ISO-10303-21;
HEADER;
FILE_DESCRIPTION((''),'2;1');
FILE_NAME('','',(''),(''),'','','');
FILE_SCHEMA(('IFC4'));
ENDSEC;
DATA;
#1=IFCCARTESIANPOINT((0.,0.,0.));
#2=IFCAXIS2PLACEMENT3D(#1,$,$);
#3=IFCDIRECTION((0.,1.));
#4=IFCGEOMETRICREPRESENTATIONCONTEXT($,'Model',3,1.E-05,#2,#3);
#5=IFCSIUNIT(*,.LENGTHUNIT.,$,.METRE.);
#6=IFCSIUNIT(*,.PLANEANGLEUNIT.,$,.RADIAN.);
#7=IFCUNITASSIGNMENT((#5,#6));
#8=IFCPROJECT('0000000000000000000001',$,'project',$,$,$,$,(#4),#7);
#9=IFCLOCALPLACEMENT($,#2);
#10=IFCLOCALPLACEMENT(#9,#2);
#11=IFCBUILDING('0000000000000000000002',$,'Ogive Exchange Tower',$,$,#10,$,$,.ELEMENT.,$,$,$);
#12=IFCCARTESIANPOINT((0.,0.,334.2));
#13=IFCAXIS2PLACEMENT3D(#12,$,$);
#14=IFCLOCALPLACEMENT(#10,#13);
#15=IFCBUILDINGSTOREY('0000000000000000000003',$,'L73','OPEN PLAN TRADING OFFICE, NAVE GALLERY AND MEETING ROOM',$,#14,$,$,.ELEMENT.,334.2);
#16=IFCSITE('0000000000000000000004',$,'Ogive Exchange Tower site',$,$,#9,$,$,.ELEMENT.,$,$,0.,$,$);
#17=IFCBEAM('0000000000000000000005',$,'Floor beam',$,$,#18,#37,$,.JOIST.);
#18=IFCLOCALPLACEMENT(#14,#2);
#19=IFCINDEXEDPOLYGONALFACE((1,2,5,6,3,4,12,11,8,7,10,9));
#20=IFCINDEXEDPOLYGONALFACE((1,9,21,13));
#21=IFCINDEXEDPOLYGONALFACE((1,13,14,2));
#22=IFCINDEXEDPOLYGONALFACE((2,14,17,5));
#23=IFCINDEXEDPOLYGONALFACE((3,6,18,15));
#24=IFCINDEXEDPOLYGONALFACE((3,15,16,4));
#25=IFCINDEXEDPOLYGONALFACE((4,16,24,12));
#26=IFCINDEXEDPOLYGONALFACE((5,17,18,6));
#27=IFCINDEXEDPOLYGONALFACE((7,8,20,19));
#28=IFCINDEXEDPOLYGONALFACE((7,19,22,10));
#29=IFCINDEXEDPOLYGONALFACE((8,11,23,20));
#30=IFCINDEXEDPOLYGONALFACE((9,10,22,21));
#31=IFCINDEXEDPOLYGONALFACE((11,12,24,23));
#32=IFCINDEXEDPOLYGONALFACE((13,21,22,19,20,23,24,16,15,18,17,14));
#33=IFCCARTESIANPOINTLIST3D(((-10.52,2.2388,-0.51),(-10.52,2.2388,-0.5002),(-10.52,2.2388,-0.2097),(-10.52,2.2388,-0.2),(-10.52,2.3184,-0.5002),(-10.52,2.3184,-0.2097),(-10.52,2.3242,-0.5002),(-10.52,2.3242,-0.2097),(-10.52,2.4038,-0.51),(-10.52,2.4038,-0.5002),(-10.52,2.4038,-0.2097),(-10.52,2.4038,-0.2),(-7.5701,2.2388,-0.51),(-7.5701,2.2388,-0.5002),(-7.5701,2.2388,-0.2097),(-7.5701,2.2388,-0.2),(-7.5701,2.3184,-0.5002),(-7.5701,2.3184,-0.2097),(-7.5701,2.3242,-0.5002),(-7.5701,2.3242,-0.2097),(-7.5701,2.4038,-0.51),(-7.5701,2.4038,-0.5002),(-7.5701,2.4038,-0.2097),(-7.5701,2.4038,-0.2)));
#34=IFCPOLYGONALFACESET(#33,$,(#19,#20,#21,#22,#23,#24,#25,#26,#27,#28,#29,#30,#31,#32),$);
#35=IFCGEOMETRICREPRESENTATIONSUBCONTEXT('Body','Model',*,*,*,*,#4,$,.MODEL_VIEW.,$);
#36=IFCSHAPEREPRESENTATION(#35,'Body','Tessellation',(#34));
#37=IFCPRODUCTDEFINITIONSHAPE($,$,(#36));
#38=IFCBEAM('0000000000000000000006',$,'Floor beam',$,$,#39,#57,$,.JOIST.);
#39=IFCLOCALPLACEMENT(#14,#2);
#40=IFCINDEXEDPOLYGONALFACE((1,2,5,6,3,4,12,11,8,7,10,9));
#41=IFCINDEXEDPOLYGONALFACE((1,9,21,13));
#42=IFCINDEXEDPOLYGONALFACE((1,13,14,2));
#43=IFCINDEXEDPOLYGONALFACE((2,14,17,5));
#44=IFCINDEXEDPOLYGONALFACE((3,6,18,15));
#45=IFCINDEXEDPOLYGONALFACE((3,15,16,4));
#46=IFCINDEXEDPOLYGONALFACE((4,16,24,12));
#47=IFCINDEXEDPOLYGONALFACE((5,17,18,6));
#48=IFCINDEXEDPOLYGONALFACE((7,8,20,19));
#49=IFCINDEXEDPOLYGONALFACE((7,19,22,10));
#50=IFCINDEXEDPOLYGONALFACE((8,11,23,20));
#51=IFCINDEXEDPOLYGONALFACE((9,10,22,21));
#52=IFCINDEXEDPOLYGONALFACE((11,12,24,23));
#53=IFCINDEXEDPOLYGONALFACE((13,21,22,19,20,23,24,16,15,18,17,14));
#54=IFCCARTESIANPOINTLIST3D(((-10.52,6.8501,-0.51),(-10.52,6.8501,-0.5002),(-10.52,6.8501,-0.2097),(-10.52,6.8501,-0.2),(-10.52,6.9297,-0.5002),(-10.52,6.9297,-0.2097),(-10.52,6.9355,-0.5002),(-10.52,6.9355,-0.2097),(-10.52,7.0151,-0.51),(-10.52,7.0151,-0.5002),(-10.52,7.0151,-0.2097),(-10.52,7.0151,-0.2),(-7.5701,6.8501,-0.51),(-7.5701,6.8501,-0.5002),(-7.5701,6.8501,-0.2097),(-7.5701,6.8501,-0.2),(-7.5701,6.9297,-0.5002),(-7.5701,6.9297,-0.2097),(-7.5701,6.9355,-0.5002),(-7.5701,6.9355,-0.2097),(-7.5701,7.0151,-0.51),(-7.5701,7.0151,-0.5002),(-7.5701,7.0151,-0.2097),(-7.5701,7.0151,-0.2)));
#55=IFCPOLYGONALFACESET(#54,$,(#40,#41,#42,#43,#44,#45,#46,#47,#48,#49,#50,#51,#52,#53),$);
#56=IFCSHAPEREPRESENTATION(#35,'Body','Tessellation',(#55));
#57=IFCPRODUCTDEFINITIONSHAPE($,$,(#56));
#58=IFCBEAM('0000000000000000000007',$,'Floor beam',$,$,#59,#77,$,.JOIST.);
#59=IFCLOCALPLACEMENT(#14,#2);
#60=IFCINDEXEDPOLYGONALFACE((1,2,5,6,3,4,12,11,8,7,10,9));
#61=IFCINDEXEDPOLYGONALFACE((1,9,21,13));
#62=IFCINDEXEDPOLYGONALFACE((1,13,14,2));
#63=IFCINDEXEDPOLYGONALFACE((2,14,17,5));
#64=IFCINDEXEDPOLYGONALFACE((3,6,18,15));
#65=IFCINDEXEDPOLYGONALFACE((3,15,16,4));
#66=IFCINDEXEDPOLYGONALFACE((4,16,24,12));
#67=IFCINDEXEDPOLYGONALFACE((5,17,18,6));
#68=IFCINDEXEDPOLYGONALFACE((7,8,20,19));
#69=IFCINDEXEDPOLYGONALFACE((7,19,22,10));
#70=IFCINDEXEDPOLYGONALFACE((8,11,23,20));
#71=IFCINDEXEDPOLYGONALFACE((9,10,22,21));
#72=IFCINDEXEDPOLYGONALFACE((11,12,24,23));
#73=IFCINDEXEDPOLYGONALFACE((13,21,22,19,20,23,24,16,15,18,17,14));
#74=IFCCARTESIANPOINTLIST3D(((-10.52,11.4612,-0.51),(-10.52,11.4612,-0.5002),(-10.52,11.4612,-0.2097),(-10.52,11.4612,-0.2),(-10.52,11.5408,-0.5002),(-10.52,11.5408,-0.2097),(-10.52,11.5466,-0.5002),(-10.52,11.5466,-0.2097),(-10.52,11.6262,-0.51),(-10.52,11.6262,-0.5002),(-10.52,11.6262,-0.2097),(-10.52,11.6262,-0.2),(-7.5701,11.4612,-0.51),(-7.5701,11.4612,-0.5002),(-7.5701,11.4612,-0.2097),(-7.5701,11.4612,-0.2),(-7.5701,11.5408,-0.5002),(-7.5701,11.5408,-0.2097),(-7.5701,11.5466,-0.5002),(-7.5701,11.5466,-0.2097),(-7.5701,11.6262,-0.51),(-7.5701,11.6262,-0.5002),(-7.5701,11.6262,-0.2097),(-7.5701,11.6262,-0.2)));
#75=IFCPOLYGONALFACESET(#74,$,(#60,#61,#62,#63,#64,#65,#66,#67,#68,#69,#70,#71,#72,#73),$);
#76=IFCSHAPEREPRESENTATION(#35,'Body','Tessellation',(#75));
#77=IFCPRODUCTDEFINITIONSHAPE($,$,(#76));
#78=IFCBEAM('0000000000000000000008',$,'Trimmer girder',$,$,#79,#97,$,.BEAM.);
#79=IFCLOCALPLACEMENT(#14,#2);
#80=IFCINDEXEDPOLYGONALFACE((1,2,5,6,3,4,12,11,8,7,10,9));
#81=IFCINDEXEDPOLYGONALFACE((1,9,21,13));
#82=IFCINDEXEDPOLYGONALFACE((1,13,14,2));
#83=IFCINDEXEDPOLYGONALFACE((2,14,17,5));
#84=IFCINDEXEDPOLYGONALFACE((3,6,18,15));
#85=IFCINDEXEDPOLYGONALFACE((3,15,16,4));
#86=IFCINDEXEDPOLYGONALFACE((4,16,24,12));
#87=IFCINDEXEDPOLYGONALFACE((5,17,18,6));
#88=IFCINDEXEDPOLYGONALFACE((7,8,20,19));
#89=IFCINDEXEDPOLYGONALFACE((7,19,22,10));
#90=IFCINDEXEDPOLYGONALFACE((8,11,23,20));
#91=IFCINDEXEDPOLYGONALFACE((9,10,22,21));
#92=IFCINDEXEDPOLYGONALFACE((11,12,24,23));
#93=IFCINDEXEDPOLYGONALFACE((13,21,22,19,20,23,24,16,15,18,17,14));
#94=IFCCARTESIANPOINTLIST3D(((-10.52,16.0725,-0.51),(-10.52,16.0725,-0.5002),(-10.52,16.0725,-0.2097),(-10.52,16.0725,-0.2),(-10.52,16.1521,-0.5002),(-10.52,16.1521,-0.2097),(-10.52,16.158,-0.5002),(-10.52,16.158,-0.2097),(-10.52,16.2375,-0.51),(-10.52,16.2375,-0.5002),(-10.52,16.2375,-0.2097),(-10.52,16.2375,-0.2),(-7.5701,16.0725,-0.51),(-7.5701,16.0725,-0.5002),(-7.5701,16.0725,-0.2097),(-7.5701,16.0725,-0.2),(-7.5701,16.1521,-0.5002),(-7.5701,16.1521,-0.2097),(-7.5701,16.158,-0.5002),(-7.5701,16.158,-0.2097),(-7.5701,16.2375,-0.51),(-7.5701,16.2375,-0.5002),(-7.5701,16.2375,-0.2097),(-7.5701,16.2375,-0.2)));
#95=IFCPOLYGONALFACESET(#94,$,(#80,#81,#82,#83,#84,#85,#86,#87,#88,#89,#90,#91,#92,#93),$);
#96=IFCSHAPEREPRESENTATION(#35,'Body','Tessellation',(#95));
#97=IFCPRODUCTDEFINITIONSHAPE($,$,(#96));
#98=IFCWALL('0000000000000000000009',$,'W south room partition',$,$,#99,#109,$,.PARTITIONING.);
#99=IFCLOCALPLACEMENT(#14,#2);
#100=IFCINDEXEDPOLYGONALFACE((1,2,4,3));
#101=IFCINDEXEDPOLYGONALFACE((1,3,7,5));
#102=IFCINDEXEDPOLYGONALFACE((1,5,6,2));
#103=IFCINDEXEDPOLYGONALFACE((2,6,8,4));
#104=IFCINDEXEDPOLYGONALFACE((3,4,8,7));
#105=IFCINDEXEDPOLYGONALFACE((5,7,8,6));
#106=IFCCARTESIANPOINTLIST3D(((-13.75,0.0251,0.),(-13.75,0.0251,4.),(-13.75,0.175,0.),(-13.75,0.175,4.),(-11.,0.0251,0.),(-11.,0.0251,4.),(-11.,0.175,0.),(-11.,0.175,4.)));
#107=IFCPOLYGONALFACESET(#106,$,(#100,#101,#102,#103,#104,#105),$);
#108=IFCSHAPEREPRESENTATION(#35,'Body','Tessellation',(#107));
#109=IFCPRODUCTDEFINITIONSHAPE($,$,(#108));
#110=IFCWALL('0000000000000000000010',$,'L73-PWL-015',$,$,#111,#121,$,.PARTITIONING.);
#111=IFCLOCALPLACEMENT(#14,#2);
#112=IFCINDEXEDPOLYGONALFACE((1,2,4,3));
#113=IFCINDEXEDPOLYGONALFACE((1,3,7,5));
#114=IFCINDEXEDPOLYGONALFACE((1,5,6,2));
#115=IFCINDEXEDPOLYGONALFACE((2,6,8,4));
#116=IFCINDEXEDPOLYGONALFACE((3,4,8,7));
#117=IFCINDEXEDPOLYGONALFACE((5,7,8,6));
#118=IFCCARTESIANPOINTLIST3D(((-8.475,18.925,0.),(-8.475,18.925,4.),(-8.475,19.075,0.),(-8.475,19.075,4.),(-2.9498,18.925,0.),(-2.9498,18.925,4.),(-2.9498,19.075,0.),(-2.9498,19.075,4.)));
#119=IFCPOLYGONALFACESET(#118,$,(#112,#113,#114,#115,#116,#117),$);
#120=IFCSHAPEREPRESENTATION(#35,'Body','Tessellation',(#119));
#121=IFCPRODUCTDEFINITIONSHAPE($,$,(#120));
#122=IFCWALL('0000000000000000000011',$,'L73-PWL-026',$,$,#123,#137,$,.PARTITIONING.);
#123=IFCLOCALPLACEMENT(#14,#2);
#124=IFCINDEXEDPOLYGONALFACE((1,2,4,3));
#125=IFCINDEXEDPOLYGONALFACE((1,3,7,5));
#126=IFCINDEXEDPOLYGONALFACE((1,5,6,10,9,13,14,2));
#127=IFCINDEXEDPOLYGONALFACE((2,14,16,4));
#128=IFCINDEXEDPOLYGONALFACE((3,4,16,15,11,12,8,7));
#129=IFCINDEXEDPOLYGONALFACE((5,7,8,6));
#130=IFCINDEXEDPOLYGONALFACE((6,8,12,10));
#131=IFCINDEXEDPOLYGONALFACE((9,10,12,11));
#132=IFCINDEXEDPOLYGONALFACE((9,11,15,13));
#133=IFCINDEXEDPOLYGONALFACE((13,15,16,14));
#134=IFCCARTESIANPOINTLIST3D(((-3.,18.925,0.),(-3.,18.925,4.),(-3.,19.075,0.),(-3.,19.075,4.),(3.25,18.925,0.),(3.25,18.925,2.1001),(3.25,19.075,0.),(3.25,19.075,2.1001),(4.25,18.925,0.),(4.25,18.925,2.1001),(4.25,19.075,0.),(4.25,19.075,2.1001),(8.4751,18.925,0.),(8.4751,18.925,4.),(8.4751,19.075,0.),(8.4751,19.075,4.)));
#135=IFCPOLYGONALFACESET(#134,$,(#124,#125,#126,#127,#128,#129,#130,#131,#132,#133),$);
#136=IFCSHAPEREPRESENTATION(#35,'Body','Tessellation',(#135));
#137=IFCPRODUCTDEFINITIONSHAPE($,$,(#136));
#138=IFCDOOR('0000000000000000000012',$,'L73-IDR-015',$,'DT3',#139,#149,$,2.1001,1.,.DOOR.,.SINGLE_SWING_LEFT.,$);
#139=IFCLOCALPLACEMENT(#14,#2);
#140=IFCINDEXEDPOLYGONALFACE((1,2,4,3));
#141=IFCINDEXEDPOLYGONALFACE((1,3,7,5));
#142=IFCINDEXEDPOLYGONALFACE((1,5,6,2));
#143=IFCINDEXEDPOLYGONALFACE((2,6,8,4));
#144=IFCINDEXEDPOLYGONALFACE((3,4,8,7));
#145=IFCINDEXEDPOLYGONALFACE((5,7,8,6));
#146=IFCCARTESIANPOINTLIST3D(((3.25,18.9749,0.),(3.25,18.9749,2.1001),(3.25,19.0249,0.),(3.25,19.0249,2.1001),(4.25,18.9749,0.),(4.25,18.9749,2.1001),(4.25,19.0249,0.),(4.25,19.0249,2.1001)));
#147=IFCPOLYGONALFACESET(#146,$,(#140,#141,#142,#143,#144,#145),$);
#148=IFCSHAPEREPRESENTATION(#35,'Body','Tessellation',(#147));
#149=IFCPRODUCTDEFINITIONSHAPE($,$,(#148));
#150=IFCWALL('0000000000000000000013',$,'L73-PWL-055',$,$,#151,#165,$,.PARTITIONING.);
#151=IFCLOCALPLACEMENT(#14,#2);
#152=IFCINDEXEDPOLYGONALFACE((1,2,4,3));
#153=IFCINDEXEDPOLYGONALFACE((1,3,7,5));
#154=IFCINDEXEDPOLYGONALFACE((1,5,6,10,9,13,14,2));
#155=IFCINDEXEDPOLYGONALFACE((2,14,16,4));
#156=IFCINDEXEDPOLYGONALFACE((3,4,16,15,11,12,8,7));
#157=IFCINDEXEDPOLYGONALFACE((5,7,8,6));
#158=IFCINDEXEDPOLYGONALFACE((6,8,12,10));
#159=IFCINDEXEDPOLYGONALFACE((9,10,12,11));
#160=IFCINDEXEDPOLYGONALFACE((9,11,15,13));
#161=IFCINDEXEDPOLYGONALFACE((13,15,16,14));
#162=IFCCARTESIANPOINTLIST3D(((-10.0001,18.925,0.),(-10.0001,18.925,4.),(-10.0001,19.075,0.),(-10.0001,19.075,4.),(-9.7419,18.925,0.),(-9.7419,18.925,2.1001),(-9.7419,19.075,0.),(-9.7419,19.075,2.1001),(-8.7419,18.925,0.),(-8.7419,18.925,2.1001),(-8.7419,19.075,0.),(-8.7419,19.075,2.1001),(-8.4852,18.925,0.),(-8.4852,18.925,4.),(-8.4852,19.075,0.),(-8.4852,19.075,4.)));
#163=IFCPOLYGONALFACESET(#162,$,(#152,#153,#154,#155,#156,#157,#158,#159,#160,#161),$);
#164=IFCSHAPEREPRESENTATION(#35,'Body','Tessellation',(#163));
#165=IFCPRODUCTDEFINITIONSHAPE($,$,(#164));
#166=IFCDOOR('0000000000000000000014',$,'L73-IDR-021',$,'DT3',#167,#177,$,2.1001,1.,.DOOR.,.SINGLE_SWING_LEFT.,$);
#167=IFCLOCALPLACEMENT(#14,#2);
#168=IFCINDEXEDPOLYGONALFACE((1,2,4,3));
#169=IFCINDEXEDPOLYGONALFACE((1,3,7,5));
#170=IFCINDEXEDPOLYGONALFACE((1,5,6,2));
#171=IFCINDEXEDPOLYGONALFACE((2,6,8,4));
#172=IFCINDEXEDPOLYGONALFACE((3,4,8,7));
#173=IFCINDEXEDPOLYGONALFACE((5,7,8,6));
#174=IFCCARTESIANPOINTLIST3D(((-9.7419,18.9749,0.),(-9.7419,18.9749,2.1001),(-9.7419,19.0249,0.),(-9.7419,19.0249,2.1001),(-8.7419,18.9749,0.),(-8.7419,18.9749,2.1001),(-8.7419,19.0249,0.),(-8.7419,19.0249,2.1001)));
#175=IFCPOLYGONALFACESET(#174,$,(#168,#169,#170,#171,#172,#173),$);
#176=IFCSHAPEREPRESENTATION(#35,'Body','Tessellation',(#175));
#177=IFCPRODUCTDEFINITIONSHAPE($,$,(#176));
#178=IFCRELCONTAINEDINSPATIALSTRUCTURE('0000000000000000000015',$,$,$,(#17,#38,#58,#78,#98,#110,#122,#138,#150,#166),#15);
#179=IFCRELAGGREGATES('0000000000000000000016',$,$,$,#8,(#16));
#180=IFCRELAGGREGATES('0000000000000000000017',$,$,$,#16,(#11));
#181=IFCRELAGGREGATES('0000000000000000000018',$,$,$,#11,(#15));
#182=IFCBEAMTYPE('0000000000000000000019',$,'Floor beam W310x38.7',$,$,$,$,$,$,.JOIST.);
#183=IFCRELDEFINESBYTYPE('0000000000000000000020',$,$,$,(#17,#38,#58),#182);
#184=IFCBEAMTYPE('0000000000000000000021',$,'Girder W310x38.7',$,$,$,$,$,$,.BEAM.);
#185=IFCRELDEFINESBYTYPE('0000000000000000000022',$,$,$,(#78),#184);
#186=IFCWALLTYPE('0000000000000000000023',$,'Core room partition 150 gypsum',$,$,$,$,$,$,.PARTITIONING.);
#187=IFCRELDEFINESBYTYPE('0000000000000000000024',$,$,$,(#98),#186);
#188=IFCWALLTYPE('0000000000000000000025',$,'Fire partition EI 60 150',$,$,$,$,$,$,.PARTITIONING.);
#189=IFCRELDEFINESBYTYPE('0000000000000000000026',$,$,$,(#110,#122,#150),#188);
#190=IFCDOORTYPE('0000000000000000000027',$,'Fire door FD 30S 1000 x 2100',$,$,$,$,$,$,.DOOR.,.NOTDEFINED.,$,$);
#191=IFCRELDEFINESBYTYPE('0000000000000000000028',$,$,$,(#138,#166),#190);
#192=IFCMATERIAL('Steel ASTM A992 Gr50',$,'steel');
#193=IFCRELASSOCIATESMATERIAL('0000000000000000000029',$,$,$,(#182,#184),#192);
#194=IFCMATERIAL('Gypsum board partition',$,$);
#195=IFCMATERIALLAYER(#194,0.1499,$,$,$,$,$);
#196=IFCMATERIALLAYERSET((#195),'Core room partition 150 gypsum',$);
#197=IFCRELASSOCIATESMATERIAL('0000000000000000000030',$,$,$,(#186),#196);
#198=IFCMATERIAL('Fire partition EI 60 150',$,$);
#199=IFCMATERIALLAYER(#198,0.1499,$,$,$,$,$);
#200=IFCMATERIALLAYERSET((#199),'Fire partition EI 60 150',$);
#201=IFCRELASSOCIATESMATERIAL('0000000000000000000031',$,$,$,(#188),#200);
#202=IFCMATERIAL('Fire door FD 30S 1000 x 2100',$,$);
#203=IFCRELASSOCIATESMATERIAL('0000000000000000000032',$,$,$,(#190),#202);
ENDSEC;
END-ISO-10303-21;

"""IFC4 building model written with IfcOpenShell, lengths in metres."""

from ifc_helpers import new_model, si_unit, direction, frame, frame_2d, origin, origin_2d, place, context, subcontext, project, spatial, rectangle, i_section, extrude, material, layer, layer_set, material_profile, profile_set, type_object, element, fill, save


model = new_model("IFC4")

# Units and contexts
model_context = context("Model", 3, precision=1e-05, world=origin(), true_north=direction((0.0, 1.0)))
body_context = subcontext(model_context, "Body", "Model", "MODEL_VIEW")
ifc_project = project(units=[si_unit("LENGTHUNIT", "METRE"), si_unit("PLANEANGLEUNIT", "RADIAN")], contexts=[model_context])

# Site, building, storey
site_placement = place(None, origin())
site = spatial("IfcSite", under=ifc_project, at=site_placement, Name="Ogive Exchange Tower site", CompositionType="ELEMENT", RefElevation=0.0)
building_placement = place(site_placement, origin())
building = spatial("IfcBuilding", under=site, at=building_placement, Name="Ogive Exchange Tower", CompositionType="ELEMENT")
storey_placement = place(building_placement, frame((0.0, 0.0, 334.2)))
storey = spatial("IfcBuildingStorey", under=building, at=storey_placement, Name="L73", Description="OPEN PLAN TRADING OFFICE, NAVE GALLERY AND MEETING ROOM", CompositionType="ELEMENT", Elevation=334.2)

# Beams
ifc_material_1 = material(Name="Steel ASTM A992 Gr50", Category="steel")
ifc_material_profile_1 = material_profile(ifc_material_1, i_section(OverallWidth=0.165, OverallDepth=0.3101, WebThickness=0.0059, FlangeThickness=0.0098, at=origin_2d()), Name="W310x38.7")
ifc_profile_set_1 = profile_set([ifc_material_profile_1], Name="Steel ASTM A992 Gr50")
beam_type_1 = type_object("IfcBeamType", Name="Floor beam W310x38.7", PredefinedType="JOIST", material=ifc_profile_set_1)
for number, where, z_axis, x_axis, name in (
    (1, (-10.52, 2.3213, -0.355), (1.0, 0.0, 0.0), (0.0, 1.0, 0.0), "Floor beam"),
    (2, (-10.52, 6.9326, -0.355), (1.0, 0.0, 0.0), (0.0, 1.0, 0.0), "Floor beam"),
    (3, (-10.52, 11.5437, -0.355), (1.0, 0.0, 0.0), (0.0, 1.0, 0.0), "Floor beam"),
):
    element("IfcBeam", number, at=place(storey_placement, frame(where, z_axis=z_axis, x_axis=x_axis)), inside=storey, type_object=beam_type_1, Name=name, PredefinedType="JOIST", context=body_context, shape_type="SweptSolid", body=[
        extrude(i_section(OverallWidth=0.165, OverallDepth=0.3101, WebThickness=0.0059, FlangeThickness=0.0098, at=origin_2d()), origin(), (0.0, 0.0, 1.0), 2.95),
    ])
ifc_material_profile_2 = material_profile(ifc_material_1, i_section(OverallWidth=0.165, OverallDepth=0.3101, WebThickness=0.0059, FlangeThickness=0.0098, at=origin_2d()), Name="W310x38.7")
ifc_profile_set_2 = profile_set([ifc_material_profile_2], Name="Steel ASTM A992 Gr50")
beam_type_2 = type_object("IfcBeamType", Name="Girder W310x38.7", PredefinedType="BEAM", material=ifc_profile_set_2)
beam_placement = place(storey_placement, frame((-10.52, 16.155, -0.355), z_axis=(1.0, 0.0, 0.0), x_axis=(0.0, 1.0, 0.0)))
element("IfcBeam", 4, at=beam_placement, inside=storey, type_object=beam_type_2, Name="Trimmer girder", PredefinedType="BEAM", context=body_context, shape_type="SweptSolid", body=[
    extrude(i_section(OverallWidth=0.165, OverallDepth=0.3101, WebThickness=0.0059, FlangeThickness=0.0098, at=origin_2d()), origin(), (0.0, 0.0, 1.0), 2.95),
])

# Walls
ifc_material_2 = material(Name="Gypsum board partition")
ifc_layer_1 = layer(ifc_material_2, 0.1499)
ifc_layer_set_1 = layer_set([ifc_layer_1], Name="Core room partition 150 gypsum")
wall_type_1 = type_object("IfcWallType", Name="Core room partition 150 gypsum", PredefinedType="PARTITIONING", material=ifc_layer_set_1)
wall_1_placement = place(storey_placement, frame((-13.75, 0.1001, 0.0), z_axis=(0.0, 0.0, 1.0), x_axis=(1.0, 0.0, 0.0)))
element("IfcWall", 5, at=wall_1_placement, inside=storey, type_object=wall_type_1, Name="W south room partition", PredefinedType="PARTITIONING", context=body_context, shape_type="SweptSolid", body=[
    extrude(rectangle(XDim=2.75, YDim=0.1499, at=frame_2d((1.375, 0.0))), origin(), (0.0, 0.0, 1.0), 4.0),
])
ifc_material_3 = material(Name="Fire partition EI 60 150")
ifc_layer_2 = layer(ifc_material_3, 0.1499)
ifc_layer_set_2 = layer_set([ifc_layer_2], Name="Fire partition EI 60 150")
wall_type_2 = type_object("IfcWallType", Name="Fire partition EI 60 150", PredefinedType="PARTITIONING", material=ifc_layer_set_2)
wall_2_placement = place(storey_placement, frame((-8.4751, 19.0, 0.0), z_axis=(0.0, 0.0, 1.0), x_axis=(1.0, 0.0, 0.0)))
element("IfcWall", 6, at=wall_2_placement, inside=storey, type_object=wall_type_2, Name="L73-PWL-015", PredefinedType="PARTITIONING", context=body_context, shape_type="SweptSolid", body=[
    extrude(rectangle(XDim=5.5251, YDim=0.1499, at=frame_2d((2.7627, 0.0))), origin(), (0.0, 0.0, 1.0), 4.0),
])

# Walls, openings, doors
wall_3_placement = place(storey_placement, frame((-3.0, 19.0, 0.0), z_axis=(0.0, 0.0, 1.0), x_axis=(1.0, 0.0, 0.0)))
wall_3 = element("IfcWall", 7, at=wall_3_placement, inside=storey, type_object=wall_type_2, Name="L73-PWL-026", PredefinedType="PARTITIONING", context=body_context, shape_type="SweptSolid", body=[
    extrude(rectangle(XDim=11.4751, YDim=0.1499, at=frame_2d((5.7375, 0.0))), origin(), (0.0, 0.0, 1.0), 4.0),
])
opening_1_placement = place(wall_3_placement, frame((6.25, 0.0, 0.0)))
opening_1 = element("IfcOpeningElement", 8, at=opening_1_placement, cuts=wall_3, PredefinedType="OPENING", context=body_context, shape_type="SweptSolid", body=[
    extrude(rectangle(XDim=1.0, YDim=2.1001, at=frame_2d((0.5, 1.05))), frame((0.0, 0.085, 0.0), z_axis=(0.0, -1.0, 0.0), x_axis=(1.0, 0.0, 0.0)), (0.0, 0.0, 1.0), 0.1699),
])
ifc_material_4 = material(Name="Fire door FD 30S 1000 x 2100")
door_type_1 = type_object("IfcDoorType", Name="Fire door FD 30S 1000 x 2100", OperationType="NOTDEFINED", PredefinedType="DOOR", material=ifc_material_4)
door_1_placement = place(opening_1_placement, origin())
door_1 = element("IfcDoor", 9, at=door_1_placement, inside=storey, type_object=door_type_1, Name="L73-IDR-015", ObjectType="DT3", OperationType="SINGLE_SWING_LEFT", OverallHeight=2.1001, OverallWidth=1.0, PredefinedType="DOOR", context=body_context, shape_type="SweptSolid", body=[
    extrude(rectangle(XDim=1.0, YDim=2.1001, at=frame_2d((0.5, 1.05))), frame((0.0, 0.0249, 0.0), z_axis=(0.0, -1.0, 0.0), x_axis=(1.0, 0.0, 0.0)), (0.0, 0.0, 1.0), 0.05),
])
fill(opening_1, door_1)
wall_4_placement = place(storey_placement, frame((-10.0, 19.0, 0.0), z_axis=(0.0, 0.0, 1.0), x_axis=(1.0, 0.0, 0.0)))
wall_4 = element("IfcWall", 10, at=wall_4_placement, inside=storey, type_object=wall_type_2, Name="L73-PWL-055", PredefinedType="PARTITIONING", context=body_context, shape_type="SweptSolid", body=[
    extrude(rectangle(XDim=1.5149, YDim=0.1499, at=frame_2d((0.7573, 0.0))), origin(), (0.0, 0.0, 1.0), 4.0),
])
opening_2_placement = place(wall_4_placement, frame((0.2581, 0.0, 0.0)))
opening_2 = element("IfcOpeningElement", 11, at=opening_2_placement, cuts=wall_4, PredefinedType="OPENING", context=body_context, shape_type="SweptSolid", body=[
    extrude(rectangle(XDim=1.0, YDim=2.1001, at=frame_2d((0.5, 1.05))), frame((0.0, 0.085, 0.0), z_axis=(0.0, -1.0, 0.0), x_axis=(1.0, 0.0, 0.0)), (0.0, 0.0, 1.0), 0.1699),
])
door_2_placement = place(opening_2_placement, origin())
door_2 = element("IfcDoor", 12, at=door_2_placement, inside=storey, type_object=door_type_1, Name="L73-IDR-021", ObjectType="DT3", OperationType="SINGLE_SWING_LEFT", OverallHeight=2.1001, OverallWidth=1.0, PredefinedType="DOOR", context=body_context, shape_type="SweptSolid", body=[
    extrude(rectangle(XDim=1.0, YDim=2.1001, at=frame_2d((0.5, 1.05))), frame((0.0, 0.0249, 0.0), z_axis=(0.0, -1.0, 0.0), x_axis=(1.0, 0.0, 0.0)), (0.0, 0.0, 1.0), 0.05),
])
fill(opening_2, door_2)

save(model, "model.ifc")
